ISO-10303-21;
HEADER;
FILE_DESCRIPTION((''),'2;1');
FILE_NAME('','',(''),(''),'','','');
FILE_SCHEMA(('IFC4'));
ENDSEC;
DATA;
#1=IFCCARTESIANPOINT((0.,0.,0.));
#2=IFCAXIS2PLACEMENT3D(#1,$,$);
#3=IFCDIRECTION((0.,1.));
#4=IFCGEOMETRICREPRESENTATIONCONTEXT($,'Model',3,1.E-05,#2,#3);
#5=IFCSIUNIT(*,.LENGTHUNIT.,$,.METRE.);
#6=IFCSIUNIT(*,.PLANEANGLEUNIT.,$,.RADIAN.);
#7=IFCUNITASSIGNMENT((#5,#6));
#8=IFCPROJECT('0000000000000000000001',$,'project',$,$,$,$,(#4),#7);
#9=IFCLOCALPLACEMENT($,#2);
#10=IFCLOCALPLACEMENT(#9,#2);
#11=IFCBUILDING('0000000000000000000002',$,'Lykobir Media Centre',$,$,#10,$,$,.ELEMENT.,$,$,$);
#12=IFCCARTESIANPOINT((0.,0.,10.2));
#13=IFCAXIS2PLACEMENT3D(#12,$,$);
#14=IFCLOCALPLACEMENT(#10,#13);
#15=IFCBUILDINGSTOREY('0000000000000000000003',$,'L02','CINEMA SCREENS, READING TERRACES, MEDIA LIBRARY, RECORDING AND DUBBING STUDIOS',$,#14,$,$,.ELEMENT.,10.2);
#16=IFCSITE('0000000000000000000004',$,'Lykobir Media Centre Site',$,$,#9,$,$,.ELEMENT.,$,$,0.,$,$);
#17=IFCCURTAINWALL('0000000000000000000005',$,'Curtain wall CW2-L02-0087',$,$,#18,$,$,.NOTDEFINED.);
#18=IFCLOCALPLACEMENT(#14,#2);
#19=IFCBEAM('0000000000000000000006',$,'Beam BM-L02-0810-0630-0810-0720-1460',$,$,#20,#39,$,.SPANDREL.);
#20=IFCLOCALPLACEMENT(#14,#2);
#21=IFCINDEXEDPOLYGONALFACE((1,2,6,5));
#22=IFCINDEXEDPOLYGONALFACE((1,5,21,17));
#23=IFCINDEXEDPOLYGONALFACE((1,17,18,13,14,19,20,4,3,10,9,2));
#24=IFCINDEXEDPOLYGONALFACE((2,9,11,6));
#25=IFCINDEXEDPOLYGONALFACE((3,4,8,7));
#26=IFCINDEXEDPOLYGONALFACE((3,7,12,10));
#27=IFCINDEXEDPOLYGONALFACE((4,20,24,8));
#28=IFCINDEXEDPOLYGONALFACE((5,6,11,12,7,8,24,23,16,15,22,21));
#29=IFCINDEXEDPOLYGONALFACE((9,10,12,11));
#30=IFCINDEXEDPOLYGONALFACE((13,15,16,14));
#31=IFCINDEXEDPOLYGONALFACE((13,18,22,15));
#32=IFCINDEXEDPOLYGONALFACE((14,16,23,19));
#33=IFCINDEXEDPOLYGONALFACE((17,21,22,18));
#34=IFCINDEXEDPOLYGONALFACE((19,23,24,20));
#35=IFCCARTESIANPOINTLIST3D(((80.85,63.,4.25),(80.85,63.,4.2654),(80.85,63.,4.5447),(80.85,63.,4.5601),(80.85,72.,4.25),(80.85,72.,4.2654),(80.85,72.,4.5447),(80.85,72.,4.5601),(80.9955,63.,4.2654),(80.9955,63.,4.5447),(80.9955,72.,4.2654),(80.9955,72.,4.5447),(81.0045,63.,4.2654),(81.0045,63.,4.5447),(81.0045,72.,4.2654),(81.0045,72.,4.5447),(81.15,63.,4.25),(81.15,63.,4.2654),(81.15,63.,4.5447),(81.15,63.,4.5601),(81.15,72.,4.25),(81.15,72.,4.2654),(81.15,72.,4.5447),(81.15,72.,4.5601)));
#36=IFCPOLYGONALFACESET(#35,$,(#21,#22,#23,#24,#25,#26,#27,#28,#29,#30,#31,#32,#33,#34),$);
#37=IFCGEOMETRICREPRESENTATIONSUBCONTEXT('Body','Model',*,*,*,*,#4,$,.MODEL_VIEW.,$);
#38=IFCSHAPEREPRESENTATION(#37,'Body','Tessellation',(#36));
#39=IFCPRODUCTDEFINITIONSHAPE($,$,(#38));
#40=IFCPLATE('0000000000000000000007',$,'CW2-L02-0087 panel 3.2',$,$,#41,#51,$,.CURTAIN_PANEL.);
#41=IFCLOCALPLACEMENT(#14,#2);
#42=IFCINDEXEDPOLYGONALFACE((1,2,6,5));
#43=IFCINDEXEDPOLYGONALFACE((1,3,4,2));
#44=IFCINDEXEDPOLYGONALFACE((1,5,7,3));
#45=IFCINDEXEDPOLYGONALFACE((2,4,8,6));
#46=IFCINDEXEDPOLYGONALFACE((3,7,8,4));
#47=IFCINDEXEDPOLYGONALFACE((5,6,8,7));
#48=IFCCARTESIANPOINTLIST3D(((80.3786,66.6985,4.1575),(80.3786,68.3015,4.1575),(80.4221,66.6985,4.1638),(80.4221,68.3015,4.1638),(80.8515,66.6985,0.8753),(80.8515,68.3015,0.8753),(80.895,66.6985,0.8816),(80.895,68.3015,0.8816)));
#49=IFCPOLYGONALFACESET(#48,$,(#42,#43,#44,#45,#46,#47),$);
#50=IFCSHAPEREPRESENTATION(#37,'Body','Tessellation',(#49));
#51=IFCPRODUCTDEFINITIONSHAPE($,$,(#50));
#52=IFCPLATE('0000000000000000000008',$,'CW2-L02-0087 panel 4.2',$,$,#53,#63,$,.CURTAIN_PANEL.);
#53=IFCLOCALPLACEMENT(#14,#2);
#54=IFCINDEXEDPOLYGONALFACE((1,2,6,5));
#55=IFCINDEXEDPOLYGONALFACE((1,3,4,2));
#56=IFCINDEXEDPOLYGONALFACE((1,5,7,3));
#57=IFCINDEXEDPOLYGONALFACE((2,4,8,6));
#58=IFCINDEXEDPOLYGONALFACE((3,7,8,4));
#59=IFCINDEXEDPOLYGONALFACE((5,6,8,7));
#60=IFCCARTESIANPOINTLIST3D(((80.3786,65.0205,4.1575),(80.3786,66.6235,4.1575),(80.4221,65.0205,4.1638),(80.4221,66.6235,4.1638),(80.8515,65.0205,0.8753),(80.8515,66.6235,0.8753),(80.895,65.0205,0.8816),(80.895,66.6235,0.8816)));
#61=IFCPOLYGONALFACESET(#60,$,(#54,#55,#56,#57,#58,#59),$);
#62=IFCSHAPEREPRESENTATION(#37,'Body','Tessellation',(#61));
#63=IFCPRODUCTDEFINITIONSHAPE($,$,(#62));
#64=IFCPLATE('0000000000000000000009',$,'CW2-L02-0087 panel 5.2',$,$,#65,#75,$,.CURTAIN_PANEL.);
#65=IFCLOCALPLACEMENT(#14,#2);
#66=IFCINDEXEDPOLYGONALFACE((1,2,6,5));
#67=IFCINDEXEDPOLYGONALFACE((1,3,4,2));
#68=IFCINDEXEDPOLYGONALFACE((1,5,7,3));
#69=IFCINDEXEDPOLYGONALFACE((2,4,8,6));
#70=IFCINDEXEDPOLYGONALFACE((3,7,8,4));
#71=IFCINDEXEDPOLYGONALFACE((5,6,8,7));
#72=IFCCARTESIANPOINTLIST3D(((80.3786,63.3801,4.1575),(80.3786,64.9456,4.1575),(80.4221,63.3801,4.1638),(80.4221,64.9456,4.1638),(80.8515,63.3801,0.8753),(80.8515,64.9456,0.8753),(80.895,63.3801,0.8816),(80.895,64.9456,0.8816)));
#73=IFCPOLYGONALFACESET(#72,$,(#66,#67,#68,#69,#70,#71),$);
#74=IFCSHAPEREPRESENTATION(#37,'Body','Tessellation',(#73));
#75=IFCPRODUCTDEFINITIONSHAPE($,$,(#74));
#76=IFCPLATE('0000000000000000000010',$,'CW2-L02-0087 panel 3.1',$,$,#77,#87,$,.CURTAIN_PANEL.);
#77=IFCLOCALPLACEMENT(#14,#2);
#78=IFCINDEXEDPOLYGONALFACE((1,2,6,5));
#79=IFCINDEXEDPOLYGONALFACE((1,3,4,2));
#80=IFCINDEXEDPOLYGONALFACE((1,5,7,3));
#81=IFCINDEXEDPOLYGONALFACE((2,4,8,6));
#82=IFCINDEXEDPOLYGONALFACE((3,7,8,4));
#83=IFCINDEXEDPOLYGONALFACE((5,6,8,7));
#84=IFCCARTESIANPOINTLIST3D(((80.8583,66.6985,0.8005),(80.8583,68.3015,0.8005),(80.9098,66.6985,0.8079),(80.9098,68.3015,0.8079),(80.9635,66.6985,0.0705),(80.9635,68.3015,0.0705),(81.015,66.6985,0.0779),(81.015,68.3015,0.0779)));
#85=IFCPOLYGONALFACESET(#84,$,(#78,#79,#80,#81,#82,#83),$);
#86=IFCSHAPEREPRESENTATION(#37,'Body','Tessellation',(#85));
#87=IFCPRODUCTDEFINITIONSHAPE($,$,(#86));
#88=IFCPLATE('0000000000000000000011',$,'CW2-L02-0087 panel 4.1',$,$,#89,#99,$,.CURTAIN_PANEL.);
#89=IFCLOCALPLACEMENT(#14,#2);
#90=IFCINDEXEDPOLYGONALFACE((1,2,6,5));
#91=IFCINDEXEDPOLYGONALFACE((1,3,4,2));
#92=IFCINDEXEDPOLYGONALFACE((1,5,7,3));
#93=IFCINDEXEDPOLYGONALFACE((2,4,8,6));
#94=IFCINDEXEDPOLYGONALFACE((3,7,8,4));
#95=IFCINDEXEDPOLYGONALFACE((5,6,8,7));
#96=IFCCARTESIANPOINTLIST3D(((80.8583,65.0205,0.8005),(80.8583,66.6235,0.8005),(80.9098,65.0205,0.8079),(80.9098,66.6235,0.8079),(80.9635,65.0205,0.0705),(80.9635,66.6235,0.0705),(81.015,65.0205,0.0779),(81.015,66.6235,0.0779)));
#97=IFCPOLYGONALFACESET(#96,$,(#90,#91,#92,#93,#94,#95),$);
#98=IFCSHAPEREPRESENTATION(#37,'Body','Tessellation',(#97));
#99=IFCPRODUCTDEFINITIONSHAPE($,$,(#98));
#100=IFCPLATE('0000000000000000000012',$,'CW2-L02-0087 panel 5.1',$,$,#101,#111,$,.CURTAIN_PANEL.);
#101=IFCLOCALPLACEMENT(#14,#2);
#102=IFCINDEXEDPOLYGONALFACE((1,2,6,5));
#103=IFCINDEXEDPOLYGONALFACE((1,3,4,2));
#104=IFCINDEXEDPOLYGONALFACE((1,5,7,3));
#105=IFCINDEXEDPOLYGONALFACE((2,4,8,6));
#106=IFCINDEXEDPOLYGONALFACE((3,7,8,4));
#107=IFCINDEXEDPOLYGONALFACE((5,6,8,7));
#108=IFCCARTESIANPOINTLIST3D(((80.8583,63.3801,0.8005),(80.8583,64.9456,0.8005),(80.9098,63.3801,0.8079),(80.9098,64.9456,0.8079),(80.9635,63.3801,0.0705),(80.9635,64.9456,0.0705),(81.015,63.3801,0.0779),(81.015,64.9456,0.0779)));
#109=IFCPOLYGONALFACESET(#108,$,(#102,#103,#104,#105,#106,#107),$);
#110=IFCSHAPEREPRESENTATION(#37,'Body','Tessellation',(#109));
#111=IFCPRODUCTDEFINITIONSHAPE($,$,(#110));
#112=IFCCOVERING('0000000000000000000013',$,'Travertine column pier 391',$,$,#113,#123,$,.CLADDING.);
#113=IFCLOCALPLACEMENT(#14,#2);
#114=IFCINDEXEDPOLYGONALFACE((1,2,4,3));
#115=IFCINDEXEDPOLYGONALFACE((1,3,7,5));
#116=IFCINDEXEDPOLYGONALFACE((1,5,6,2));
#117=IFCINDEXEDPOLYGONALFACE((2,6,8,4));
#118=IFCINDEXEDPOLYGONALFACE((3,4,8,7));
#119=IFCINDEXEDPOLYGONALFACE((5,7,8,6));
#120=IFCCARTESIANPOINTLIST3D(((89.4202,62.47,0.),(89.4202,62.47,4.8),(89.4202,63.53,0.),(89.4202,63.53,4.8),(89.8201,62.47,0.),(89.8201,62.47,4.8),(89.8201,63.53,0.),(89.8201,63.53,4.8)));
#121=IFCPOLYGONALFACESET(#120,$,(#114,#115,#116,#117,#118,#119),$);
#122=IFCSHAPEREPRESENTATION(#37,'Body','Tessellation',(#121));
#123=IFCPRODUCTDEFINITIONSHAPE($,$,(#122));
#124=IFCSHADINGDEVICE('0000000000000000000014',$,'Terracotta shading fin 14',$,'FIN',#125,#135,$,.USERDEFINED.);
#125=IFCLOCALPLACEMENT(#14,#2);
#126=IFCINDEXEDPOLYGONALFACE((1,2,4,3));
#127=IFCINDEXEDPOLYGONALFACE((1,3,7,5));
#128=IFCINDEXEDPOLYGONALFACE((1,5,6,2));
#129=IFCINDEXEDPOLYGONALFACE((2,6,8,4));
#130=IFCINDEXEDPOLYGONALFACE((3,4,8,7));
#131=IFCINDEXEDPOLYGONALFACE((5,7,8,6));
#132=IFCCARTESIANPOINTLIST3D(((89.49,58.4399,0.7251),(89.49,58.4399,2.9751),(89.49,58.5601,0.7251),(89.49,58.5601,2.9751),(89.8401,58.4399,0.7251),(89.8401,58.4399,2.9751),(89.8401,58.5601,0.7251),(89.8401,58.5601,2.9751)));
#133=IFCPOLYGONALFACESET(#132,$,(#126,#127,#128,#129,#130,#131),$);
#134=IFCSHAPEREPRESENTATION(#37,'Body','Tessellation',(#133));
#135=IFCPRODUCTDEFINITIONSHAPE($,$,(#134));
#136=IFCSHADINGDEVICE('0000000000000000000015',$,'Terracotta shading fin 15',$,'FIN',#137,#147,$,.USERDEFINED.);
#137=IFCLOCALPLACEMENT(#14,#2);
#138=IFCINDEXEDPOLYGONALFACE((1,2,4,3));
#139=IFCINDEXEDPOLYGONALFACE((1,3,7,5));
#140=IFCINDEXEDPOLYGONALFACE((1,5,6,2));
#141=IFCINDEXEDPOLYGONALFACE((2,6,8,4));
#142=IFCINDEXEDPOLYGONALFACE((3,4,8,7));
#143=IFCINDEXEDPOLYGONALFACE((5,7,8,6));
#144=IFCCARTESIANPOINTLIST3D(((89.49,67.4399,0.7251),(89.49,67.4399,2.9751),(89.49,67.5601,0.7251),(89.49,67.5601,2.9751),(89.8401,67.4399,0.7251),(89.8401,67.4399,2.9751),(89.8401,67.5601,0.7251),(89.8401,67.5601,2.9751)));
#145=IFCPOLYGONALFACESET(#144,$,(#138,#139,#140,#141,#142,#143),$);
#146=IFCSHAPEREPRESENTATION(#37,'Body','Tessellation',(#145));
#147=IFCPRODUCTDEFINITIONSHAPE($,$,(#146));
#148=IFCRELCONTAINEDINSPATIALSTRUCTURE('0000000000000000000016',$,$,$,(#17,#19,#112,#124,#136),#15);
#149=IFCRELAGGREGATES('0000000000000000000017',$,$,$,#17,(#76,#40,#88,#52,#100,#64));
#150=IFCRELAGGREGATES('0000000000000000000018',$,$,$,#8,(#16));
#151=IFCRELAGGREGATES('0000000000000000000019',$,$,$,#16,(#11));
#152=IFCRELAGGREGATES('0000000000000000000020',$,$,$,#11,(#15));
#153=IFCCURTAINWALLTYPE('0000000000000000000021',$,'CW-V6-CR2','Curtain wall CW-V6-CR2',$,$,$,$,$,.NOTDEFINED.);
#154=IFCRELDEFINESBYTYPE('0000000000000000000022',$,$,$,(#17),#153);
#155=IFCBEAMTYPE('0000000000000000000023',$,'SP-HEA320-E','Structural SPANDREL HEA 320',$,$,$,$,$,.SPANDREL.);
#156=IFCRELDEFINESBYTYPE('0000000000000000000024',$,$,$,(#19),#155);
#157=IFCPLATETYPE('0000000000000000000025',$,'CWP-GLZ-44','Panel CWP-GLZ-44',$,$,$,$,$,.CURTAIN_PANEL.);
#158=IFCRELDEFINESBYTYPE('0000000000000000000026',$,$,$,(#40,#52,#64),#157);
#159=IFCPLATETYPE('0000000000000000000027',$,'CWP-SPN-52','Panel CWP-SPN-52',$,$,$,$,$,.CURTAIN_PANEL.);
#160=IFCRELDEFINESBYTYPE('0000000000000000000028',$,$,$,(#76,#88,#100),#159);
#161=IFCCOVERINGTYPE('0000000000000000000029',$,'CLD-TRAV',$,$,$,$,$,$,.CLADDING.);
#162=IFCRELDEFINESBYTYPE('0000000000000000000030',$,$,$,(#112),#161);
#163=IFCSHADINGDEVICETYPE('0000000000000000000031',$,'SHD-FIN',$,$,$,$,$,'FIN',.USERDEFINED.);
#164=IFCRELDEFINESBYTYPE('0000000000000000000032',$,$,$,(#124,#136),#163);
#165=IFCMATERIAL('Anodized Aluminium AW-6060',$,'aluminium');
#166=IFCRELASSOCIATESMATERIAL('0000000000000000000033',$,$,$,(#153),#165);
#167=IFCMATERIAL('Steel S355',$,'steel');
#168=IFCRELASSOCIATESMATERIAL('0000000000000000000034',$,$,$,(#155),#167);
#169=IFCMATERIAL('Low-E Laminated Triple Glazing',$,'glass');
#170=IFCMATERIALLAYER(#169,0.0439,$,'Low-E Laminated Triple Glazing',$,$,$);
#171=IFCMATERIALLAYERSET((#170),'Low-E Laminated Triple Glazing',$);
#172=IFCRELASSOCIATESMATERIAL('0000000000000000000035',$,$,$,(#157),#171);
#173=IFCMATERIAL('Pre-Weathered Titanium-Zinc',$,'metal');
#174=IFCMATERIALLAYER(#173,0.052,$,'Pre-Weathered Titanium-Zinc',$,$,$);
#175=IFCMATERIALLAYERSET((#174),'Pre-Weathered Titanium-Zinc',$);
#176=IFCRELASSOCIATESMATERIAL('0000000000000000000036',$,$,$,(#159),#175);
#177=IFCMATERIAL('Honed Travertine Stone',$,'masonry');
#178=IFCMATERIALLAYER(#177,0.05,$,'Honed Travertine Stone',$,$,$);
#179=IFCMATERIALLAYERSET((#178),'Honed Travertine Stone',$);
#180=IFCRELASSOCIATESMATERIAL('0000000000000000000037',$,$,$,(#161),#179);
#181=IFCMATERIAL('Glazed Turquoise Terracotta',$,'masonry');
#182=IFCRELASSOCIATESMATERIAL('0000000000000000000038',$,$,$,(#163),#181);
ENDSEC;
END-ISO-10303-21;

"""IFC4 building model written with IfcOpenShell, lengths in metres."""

from ifc_helpers import new_model, si_unit, direction, frame, origin, origin_2d, place, context, subcontext, project, spatial, rectangle, i_section, extrude, material, layer, layer_set, material_profile, profile_set, type_object, element, aggregate, save


model = new_model("IFC4")

# Units and contexts
model_context = context("Model", 3, precision=1e-05, world=origin(), true_north=direction((0.0, 1.0)))
body_context = subcontext(model_context, "Body", "Model", "MODEL_VIEW")
ifc_project = project(units=[si_unit("LENGTHUNIT", "METRE"), si_unit("PLANEANGLEUNIT", "RADIAN")], contexts=[model_context])

# Site, building, storey
site_placement = place(None, origin())
site = spatial("IfcSite", under=ifc_project, at=site_placement, Name="Lykobir Media Centre Site", CompositionType="ELEMENT", RefElevation=0.0)
building_placement = place(site_placement, origin())
building = spatial("IfcBuilding", under=site, at=building_placement, Name="Lykobir Media Centre", CompositionType="ELEMENT")
storey_placement = place(building_placement, frame((0.0, 0.0, 10.2)))
storey = spatial("IfcBuildingStorey", under=building, at=storey_placement, Name="L02", Description="CINEMA SCREENS, READING TERRACES, MEDIA LIBRARY, RECORDING AND DUBBING STUDIOS", CompositionType="ELEMENT", Elevation=10.2)

# Shared definitions
ifc_material_1 = material(Name="Anodized Aluminium AW-6060", Category="aluminium")
curtain_wall_type = type_object("IfcCurtainWallType", Name="CW-V6-CR2", Description="Curtain wall CW-V6-CR2", PredefinedType="NOTDEFINED", material=ifc_material_1)

# Curtain wall
curtain_wall_1_placement = place(storey_placement, origin())
curtain_wall_1 = element("IfcCurtainWall", 1, at=curtain_wall_1_placement, inside=storey, type_object=curtain_wall_type, Name="Curtain wall CW2-L02-0087", PredefinedType="NOTDEFINED")

# Beam
ifc_material_2 = material(Name="Steel S355", Category="steel")
ifc_material_profile_1 = material_profile(ifc_material_2, i_section(OverallWidth=0.3, OverallDepth=0.3101, WebThickness=0.009, FlangeThickness=0.0154, at=origin_2d()), Name="HEA 320")
ifc_profile_set_1 = profile_set([ifc_material_profile_1], Name="Steel S355")
beam_type = type_object("IfcBeamType", Name="SP-HEA320-E", Description="Structural SPANDREL HEA 320", PredefinedType="SPANDREL", material=ifc_profile_set_1)
beam_placement = place(storey_placement, frame((81.0, 63.0, 4.405), z_axis=(0.0, 1.0, 0.0), x_axis=(-1.0, 0.0, 0.0)))
element("IfcBeam", 2, at=beam_placement, inside=storey, type_object=beam_type, Name="Beam BM-L02-0810-0630-0810-0720-1460", PredefinedType="SPANDREL", context=body_context, shape_type="SweptSolid", body=[
    extrude(i_section(OverallWidth=0.3, OverallDepth=0.3101, WebThickness=0.009, FlangeThickness=0.0154, at=origin_2d()), origin(), (0.0, 0.0, 1.0), 9.0),
])

# Plates
ifc_material_3 = material(Name="Low-E Laminated Triple Glazing", Category="glass")
ifc_layer_1 = layer(ifc_material_3, 0.0439, Name="Low-E Laminated Triple Glazing")
ifc_layer_set_1 = layer_set([ifc_layer_1], Name="Low-E Laminated Triple Glazing")
plate_type_1 = type_object("IfcPlateType", Name="CWP-GLZ-44", Description="Panel CWP-GLZ-44", PredefinedType="CURTAIN_PANEL", material=ifc_layer_set_1)
plate_1_placement = place(storey_placement, frame((80.8733, 67.5, 0.8784), z_axis=(-0.142629, 0.0, 0.989776), x_axis=(0.0, -1.0, 0.0)))
plate_1 = element("IfcPlate", 3, at=plate_1_placement, type_object=plate_type_1, Name="CW2-L02-0087 panel 3.2", PredefinedType="CURTAIN_PANEL", context=body_context, shape_type="SweptSolid", body=[
    extrude(rectangle(XDim=1.603, YDim=0.0439, at=origin_2d()), origin(), (0.0, 0.0, 1.0), 3.3162),
])
plate_2_placement = place(storey_placement, frame((80.8733, 65.822, 0.8784), z_axis=(-0.142629, 0.0, 0.989776), x_axis=(0.0, -1.0, 0.0)))
plate_2 = element("IfcPlate", 4, at=plate_2_placement, type_object=plate_type_1, Name="CW2-L02-0087 panel 4.2", PredefinedType="CURTAIN_PANEL", context=body_context, shape_type="SweptSolid", body=[
    extrude(rectangle(XDim=1.603, YDim=0.0439, at=origin_2d()), origin(), (0.0, 0.0, 1.0), 3.3162),
])
plate_3_placement = place(storey_placement, frame((80.8733, 64.1628, 0.8784), z_axis=(-0.142629, 0.0, 0.989776), x_axis=(0.0, -1.0, 0.0)))
plate_3 = element("IfcPlate", 5, at=plate_3_placement, type_object=plate_type_1, Name="CW2-L02-0087 panel 5.2", PredefinedType="CURTAIN_PANEL", context=body_context, shape_type="SweptSolid", body=[
    extrude(rectangle(XDim=1.5654, YDim=0.0439, at=origin_2d()), origin(), (0.0, 0.0, 1.0), 3.3162),
])
ifc_material_4 = material(Name="Pre-Weathered Titanium-Zinc", Category="metal")
ifc_layer_2 = layer(ifc_material_4, 0.052, Name="Pre-Weathered Titanium-Zinc")
ifc_layer_set_2 = layer_set([ifc_layer_2], Name="Pre-Weathered Titanium-Zinc")
plate_type_2 = type_object("IfcPlateType", Name="CWP-SPN-52", Description="Panel CWP-SPN-52", PredefinedType="CURTAIN_PANEL", material=ifc_layer_set_2)
plate_4_placement = place(storey_placement, frame((80.9893, 67.5, 0.0742), z_axis=(-0.142629, 0.0, 0.989776), x_axis=(0.0, -1.0, 0.0)))
plate_4 = element("IfcPlate", 6, at=plate_4_placement, type_object=plate_type_2, Name="CW2-L02-0087 panel 3.1", PredefinedType="CURTAIN_PANEL", context=body_context, shape_type="SweptSolid", body=[
    extrude(rectangle(XDim=1.603, YDim=0.052, at=origin_2d()), origin(), (0.0, 0.0, 1.0), 0.7375),
])
plate_5_placement = place(storey_placement, frame((80.9893, 65.822, 0.0742), z_axis=(-0.142629, 0.0, 0.989776), x_axis=(0.0, -1.0, 0.0)))
plate_5 = element("IfcPlate", 7, at=plate_5_placement, type_object=plate_type_2, Name="CW2-L02-0087 panel 4.1", PredefinedType="CURTAIN_PANEL", context=body_context, shape_type="SweptSolid", body=[
    extrude(rectangle(XDim=1.603, YDim=0.052, at=origin_2d()), origin(), (0.0, 0.0, 1.0), 0.7375),
])
plate_6_placement = place(storey_placement, frame((80.9893, 64.1628, 0.0742), z_axis=(-0.142629, 0.0, 0.989776), x_axis=(0.0, -1.0, 0.0)))
plate_6 = element("IfcPlate", 8, at=plate_6_placement, type_object=plate_type_2, Name="CW2-L02-0087 panel 5.1", PredefinedType="CURTAIN_PANEL", context=body_context, shape_type="SweptSolid", body=[
    extrude(rectangle(XDim=1.5654, YDim=0.052, at=origin_2d()), origin(), (0.0, 0.0, 1.0), 0.7375),
])
aggregate(curtain_wall_1, [plate_4, plate_1, plate_5, plate_2, plate_6, plate_3])

# Covering
ifc_material_5 = material(Name="Honed Travertine Stone", Category="masonry")
ifc_layer_3 = layer(ifc_material_5, 0.05, Name="Honed Travertine Stone")
ifc_layer_set_3 = layer_set([ifc_layer_3], Name="Honed Travertine Stone")
covering_type = type_object("IfcCoveringType", Name="CLD-TRAV", PredefinedType="CLADDING", material=ifc_layer_set_3)
covering_placement = place(storey_placement, frame((89.6201, 63.0, 0.0), z_axis=(0.0, 0.0, 1.0), x_axis=(0.0, -1.0, 0.0)))
element("IfcCovering", 9, at=covering_placement, inside=storey, type_object=covering_type, Name="Travertine column pier 391", PredefinedType="CLADDING", context=body_context, shape_type="SweptSolid", body=[
    extrude(rectangle(XDim=1.0601, YDim=0.3999, at=origin_2d()), origin(), (0.0, 0.0, 1.0), 4.8),
])

# Shading devices
ifc_material_6 = material(Name="Glazed Turquoise Terracotta", Category="masonry")
shading_device_type = type_object("IfcShadingDeviceType", Name="SHD-FIN", ElementType="FIN", PredefinedType="USERDEFINED", material=ifc_material_6)
for number, where, z_axis, x_axis, name in (
    (10, (89.665, 58.5, 0.7251), (0.0, 0.0, 1.0), (0.0, -1.0, 0.0), "Terracotta shading fin 14"),
    (11, (89.665, 67.5, 0.7251), (0.0, 0.0, 1.0), (0.0, -1.0, 0.0), "Terracotta shading fin 15"),
):
    element("IfcShadingDevice", number, at=place(storey_placement, frame(where, z_axis=z_axis, x_axis=x_axis)), inside=storey, type_object=shading_device_type, Name=name, ObjectType="FIN", PredefinedType="USERDEFINED", context=body_context, shape_type="SweptSolid", body=[
        extrude(rectangle(XDim=0.1201, YDim=0.3501, at=origin_2d()), origin(), (0.0, 0.0, 1.0), 2.25),
    ])

save(model, "model.ifc")
